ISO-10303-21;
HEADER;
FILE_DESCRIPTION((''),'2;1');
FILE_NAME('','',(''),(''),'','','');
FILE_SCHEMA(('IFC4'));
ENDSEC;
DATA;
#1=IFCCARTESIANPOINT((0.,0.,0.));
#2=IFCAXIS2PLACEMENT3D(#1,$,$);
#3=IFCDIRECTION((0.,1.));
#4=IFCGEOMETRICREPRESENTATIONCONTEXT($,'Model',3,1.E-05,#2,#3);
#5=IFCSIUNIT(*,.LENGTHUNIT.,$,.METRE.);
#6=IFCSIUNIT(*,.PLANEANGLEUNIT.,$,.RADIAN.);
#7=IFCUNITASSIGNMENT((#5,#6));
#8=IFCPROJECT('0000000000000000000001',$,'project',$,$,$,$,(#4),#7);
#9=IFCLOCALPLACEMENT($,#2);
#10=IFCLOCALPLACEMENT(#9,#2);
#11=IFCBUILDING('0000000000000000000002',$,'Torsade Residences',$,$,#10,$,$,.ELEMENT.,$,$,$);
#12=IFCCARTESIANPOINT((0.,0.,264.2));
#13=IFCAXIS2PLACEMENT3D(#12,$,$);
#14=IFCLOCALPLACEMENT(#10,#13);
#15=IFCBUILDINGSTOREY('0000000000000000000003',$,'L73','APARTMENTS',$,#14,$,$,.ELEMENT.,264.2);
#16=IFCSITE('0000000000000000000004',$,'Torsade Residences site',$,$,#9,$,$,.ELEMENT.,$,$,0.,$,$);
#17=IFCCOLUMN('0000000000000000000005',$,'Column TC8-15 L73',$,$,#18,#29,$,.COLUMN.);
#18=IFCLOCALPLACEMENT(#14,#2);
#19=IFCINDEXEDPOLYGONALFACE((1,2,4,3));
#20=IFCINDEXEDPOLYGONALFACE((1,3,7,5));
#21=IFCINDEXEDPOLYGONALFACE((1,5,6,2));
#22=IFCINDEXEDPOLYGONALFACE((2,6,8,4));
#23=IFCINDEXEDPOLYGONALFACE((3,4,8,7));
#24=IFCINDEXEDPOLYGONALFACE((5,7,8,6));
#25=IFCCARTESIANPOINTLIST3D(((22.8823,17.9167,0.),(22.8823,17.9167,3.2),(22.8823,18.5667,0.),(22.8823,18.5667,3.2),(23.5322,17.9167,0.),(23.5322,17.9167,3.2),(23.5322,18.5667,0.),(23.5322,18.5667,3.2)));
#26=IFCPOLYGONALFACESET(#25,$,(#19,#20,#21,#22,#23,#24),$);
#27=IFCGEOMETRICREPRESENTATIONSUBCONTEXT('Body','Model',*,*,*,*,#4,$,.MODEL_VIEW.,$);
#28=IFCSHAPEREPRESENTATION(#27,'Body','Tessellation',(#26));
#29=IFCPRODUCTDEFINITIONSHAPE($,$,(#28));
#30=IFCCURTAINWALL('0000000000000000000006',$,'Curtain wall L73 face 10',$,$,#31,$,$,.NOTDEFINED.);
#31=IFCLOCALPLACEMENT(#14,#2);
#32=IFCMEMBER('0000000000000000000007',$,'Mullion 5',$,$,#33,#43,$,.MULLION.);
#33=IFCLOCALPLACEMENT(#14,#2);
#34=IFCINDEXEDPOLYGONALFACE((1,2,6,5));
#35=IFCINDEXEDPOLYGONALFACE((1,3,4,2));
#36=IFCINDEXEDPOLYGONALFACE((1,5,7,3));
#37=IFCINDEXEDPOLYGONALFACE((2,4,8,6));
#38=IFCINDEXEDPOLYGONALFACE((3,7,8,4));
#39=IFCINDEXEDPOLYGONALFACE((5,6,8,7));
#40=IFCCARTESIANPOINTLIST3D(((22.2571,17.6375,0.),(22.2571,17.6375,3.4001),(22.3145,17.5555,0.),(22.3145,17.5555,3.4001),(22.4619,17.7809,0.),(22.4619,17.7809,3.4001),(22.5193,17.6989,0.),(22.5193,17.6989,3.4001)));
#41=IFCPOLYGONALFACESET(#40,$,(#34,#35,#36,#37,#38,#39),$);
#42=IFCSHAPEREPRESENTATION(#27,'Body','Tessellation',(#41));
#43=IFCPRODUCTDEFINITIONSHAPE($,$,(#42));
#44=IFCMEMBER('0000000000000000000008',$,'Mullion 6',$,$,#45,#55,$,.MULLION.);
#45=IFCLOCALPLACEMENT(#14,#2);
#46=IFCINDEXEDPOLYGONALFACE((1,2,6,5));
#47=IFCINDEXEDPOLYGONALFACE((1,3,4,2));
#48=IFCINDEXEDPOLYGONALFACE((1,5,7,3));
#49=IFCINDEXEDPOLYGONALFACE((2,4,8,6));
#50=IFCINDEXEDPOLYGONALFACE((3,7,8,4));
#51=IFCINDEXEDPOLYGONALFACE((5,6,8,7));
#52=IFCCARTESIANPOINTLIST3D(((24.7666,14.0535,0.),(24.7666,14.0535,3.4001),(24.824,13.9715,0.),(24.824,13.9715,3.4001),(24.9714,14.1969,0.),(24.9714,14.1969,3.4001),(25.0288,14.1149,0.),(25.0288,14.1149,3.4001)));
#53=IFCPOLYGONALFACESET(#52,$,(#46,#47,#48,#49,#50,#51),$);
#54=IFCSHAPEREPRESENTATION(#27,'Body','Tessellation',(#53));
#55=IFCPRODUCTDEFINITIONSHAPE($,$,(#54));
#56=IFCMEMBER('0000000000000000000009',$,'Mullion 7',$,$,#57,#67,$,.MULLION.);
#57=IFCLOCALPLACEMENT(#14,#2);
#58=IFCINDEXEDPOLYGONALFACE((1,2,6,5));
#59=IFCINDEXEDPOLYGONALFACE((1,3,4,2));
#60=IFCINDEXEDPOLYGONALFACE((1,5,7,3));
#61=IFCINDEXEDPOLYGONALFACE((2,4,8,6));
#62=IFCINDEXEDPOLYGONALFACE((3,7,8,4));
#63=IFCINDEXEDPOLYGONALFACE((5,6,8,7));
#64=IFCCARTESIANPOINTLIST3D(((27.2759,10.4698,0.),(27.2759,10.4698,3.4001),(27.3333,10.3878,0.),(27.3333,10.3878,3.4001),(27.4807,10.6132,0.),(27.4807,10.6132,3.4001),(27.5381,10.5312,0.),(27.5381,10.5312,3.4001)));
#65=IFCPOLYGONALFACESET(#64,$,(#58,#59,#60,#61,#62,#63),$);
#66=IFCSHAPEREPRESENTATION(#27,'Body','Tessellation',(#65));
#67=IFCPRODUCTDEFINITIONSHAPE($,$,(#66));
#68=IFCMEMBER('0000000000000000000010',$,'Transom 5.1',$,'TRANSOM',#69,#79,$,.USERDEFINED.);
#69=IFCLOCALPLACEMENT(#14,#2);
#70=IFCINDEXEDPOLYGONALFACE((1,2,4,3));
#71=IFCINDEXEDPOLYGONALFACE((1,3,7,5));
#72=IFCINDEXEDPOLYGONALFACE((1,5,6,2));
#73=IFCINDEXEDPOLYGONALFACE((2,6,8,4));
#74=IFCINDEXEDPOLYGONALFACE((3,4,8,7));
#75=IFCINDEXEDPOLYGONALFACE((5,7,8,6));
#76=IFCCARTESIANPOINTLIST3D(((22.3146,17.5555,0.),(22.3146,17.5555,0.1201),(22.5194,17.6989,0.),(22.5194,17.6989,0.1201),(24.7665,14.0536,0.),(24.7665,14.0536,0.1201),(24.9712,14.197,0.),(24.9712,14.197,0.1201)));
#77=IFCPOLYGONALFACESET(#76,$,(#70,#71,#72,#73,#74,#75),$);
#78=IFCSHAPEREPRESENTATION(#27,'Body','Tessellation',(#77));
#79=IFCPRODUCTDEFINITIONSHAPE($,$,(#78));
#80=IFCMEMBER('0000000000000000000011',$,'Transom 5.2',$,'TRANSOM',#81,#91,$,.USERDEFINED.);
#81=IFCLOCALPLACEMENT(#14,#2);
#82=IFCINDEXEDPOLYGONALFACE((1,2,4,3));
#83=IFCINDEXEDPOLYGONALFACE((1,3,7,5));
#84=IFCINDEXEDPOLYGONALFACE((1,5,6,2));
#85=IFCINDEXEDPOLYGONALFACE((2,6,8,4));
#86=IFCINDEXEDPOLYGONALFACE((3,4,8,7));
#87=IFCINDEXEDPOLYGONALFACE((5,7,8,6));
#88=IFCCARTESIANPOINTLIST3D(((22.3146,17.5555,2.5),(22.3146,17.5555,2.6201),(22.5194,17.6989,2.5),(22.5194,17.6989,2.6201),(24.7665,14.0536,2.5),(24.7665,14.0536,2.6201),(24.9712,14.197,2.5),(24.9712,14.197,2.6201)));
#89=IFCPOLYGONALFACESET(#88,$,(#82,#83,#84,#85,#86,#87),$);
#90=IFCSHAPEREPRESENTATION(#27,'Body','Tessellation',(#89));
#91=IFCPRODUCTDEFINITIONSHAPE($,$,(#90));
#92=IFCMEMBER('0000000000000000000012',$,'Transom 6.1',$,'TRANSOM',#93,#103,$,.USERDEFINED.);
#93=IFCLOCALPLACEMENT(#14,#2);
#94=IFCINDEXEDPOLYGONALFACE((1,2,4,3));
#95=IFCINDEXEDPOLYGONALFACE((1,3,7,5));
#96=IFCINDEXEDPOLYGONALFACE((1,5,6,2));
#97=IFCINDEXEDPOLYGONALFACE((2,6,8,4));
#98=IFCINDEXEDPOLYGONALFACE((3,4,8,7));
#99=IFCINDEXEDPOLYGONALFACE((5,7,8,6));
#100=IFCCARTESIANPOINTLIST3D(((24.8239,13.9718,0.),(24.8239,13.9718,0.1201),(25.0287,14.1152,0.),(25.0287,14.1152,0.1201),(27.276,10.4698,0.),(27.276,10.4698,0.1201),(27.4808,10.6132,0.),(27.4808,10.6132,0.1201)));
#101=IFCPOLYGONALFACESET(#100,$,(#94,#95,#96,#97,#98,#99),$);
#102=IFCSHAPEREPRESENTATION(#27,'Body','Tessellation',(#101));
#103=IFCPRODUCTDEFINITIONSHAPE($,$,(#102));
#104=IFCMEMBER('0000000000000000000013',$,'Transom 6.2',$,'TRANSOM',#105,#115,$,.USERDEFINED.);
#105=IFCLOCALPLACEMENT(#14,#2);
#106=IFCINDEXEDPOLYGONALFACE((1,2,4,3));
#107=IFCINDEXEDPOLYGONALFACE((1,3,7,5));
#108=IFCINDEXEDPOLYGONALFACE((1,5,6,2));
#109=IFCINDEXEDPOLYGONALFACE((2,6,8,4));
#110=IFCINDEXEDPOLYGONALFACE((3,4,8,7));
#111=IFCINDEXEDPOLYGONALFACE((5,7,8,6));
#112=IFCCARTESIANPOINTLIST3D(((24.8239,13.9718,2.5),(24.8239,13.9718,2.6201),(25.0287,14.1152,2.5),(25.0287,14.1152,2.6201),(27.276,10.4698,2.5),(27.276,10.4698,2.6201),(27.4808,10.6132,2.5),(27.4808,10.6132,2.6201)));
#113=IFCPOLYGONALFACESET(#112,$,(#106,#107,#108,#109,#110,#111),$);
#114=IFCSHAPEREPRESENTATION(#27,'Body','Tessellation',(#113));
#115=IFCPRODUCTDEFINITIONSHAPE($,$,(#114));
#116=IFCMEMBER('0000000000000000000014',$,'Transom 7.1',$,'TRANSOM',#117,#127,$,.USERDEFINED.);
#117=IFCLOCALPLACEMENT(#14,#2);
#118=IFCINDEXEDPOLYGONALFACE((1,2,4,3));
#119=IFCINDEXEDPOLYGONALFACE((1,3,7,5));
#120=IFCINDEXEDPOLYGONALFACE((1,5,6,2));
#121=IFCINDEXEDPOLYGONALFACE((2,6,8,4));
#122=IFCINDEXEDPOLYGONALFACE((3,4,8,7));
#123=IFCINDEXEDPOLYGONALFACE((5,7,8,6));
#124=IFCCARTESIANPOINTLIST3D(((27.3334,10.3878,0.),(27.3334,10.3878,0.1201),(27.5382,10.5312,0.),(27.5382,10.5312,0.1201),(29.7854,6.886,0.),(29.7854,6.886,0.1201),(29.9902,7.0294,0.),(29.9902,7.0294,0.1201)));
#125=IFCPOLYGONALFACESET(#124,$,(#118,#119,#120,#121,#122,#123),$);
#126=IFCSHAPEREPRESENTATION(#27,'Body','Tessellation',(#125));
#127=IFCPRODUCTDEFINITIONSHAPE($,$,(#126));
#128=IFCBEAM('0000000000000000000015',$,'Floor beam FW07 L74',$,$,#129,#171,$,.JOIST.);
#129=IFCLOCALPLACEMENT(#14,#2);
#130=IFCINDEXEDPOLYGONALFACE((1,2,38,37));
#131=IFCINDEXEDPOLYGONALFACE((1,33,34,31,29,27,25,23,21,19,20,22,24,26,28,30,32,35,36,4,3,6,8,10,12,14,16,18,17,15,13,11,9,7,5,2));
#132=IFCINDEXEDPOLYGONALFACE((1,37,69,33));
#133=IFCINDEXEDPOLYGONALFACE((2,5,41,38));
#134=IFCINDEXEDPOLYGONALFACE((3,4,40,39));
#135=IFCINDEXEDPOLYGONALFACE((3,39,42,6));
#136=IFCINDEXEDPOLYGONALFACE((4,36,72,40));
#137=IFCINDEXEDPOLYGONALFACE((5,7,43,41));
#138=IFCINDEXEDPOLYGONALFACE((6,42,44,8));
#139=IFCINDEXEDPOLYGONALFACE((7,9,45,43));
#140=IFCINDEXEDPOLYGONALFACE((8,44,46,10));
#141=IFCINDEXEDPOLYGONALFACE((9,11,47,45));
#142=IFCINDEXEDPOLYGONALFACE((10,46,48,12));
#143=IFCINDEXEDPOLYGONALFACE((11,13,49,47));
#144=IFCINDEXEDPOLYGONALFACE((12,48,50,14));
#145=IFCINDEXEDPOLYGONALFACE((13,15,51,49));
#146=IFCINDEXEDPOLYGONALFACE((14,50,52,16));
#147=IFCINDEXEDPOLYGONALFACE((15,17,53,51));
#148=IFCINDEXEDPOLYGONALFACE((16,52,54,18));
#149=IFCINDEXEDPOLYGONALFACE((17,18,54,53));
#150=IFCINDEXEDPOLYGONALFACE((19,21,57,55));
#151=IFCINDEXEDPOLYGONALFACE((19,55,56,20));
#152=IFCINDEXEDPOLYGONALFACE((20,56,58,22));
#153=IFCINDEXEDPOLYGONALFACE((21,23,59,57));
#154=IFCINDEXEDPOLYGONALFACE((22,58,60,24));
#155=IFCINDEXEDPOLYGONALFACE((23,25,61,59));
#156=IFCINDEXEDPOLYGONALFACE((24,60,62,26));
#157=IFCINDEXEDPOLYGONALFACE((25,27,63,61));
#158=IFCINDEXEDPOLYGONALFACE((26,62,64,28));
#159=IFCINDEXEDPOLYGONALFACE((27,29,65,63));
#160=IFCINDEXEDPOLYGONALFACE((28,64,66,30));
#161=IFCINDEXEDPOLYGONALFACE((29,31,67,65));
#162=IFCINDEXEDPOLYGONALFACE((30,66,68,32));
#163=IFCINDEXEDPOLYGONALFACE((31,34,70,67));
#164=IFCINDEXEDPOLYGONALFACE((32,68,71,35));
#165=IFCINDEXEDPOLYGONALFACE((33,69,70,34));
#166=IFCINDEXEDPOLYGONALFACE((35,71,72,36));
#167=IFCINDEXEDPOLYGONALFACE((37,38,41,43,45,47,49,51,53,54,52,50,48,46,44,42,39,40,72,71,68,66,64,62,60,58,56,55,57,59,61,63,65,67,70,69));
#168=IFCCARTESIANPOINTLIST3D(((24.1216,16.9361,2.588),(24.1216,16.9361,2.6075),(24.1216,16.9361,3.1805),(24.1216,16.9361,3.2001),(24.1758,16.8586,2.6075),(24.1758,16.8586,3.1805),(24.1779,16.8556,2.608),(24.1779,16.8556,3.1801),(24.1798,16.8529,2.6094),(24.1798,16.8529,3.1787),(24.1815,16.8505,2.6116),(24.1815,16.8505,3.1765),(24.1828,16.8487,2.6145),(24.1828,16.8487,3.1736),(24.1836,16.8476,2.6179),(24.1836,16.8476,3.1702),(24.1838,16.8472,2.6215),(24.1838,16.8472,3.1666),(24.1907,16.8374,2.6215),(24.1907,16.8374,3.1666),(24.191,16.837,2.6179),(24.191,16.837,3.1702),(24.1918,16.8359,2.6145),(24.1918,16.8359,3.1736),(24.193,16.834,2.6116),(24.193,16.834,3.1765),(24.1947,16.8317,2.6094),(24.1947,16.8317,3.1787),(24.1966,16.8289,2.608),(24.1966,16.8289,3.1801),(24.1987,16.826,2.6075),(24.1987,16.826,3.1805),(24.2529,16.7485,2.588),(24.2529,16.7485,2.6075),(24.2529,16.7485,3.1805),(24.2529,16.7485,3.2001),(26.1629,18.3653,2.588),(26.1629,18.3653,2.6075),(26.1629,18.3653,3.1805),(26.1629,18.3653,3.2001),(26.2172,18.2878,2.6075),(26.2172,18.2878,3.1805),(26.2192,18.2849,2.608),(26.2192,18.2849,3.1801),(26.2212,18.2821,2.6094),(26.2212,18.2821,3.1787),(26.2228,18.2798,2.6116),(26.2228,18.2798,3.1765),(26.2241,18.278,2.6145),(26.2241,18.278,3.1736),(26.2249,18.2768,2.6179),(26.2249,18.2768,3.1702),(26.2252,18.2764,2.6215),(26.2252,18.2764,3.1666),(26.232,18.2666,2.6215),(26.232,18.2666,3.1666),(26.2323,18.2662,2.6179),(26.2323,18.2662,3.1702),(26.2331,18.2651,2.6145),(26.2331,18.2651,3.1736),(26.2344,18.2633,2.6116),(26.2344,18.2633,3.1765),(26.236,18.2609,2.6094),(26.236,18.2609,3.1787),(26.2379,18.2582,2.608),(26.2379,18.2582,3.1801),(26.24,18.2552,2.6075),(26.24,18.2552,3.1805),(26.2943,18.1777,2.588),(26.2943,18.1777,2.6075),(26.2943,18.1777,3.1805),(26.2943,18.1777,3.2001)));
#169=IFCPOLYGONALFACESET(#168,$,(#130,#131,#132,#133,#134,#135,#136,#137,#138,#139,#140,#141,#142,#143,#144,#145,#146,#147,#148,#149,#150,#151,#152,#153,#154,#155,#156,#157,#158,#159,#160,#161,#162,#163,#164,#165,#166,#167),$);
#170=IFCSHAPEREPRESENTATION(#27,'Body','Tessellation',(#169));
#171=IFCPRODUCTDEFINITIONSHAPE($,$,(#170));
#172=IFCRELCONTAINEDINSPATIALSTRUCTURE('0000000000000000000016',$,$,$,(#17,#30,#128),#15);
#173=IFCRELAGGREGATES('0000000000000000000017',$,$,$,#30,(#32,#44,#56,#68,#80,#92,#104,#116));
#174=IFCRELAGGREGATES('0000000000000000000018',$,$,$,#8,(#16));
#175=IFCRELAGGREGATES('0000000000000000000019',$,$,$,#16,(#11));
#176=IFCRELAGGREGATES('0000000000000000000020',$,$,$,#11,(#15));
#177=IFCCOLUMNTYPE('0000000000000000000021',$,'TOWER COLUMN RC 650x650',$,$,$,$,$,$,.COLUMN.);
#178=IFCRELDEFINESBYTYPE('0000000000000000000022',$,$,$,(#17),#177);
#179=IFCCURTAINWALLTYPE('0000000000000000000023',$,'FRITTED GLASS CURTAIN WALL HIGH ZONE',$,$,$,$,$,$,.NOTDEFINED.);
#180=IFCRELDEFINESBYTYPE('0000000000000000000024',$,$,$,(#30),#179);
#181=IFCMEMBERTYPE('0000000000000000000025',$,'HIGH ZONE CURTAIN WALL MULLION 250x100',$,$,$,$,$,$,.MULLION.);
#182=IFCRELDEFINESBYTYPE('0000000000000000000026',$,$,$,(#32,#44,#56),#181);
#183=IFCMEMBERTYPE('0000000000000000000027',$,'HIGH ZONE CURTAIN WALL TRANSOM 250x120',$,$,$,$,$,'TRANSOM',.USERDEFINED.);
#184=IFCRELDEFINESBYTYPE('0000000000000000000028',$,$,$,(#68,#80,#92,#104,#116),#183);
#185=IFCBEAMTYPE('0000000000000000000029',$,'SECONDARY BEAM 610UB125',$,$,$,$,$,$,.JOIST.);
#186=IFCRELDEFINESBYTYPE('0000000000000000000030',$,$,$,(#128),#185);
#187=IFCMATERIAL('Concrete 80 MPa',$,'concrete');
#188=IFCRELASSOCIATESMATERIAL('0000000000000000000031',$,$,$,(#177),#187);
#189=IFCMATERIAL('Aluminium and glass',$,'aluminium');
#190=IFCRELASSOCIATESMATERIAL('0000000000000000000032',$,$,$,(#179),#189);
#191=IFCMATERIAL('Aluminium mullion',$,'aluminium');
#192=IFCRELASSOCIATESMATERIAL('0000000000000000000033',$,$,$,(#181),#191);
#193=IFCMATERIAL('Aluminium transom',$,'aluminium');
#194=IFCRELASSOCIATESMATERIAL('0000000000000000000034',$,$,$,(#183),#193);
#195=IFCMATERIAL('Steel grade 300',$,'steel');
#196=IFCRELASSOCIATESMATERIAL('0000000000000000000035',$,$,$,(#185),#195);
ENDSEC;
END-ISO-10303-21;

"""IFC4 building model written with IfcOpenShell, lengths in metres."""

from ifc_helpers import new_model, si_unit, direction, frame, origin, origin_2d, place, context, subcontext, project, spatial, rectangle, i_section, extrude, material, material_profile, profile_set, type_object, element, aggregate, save


model = new_model("IFC4")

# Units and contexts
model_context = context("Model", 3, precision=1e-05, world=origin(), true_north=direction((0.0, 1.0)))
body_context = subcontext(model_context, "Body", "Model", "MODEL_VIEW")
ifc_project = project(units=[si_unit("LENGTHUNIT", "METRE"), si_unit("PLANEANGLEUNIT", "RADIAN")], contexts=[model_context])

# Site, building, storey
site_placement = place(None, origin())
site = spatial("IfcSite", under=ifc_project, at=site_placement, Name="Torsade Residences site", CompositionType="ELEMENT", RefElevation=0.0)
building_placement = place(site_placement, origin())
building = spatial("IfcBuilding", under=site, at=building_placement, Name="Torsade Residences", CompositionType="ELEMENT")
storey_placement = place(building_placement, frame((0.0, 0.0, 264.2)))
storey = spatial("IfcBuildingStorey", under=building, at=storey_placement, Name="L73", Description="APARTMENTS", CompositionType="ELEMENT", Elevation=264.2)

# Column
ifc_material_1 = material(Name="Concrete 80 MPa", Category="concrete")
ifc_material_profile_1 = material_profile(ifc_material_1, rectangle(XDim=0.6499, YDim=0.6499, at=origin_2d()), Name="RC 650x650")
ifc_profile_set_1 = profile_set([ifc_material_profile_1], Name="Concrete 80 MPa")
column_type = type_object("IfcColumnType", Name="TOWER COLUMN RC 650x650", PredefinedType="COLUMN", material=ifc_profile_set_1)
column_placement = place(storey_placement, frame((23.2073, 18.2417, 0.0), z_axis=(0.0, 0.0, 1.0), x_axis=(1.0, 0.0, 0.0)))
element("IfcColumn", 1, at=column_placement, inside=storey, type_object=column_type, Name="Column TC8-15 L73", PredefinedType="COLUMN", context=body_context, shape_type="SweptSolid", body=[
    extrude(rectangle(XDim=0.6499, YDim=0.6499, at=origin_2d()), origin(), (0.0, 0.0, 1.0), 3.2),
])

# Curtain wall, members
ifc_material_2 = material(Name="Aluminium and glass", Category="aluminium")
curtain_wall_type = type_object("IfcCurtainWallType", Name="FRITTED GLASS CURTAIN WALL HIGH ZONE", PredefinedType="NOTDEFINED", material=ifc_material_2)
curtain_wall_placement = place(storey_placement, origin())
curtain_wall = element("IfcCurtainWall", 2, at=curtain_wall_placement, inside=storey, type_object=curtain_wall_type, Name="Curtain wall L73 face 10", PredefinedType="NOTDEFINED")
ifc_material_3 = material(Name="Aluminium mullion", Category="aluminium")
ifc_material_profile_2 = material_profile(ifc_material_3, rectangle(XDim=0.25, YDim=0.1001, at=origin_2d()), Name="HIGH ZONE CURTAIN WALL MULLION 250x100")
ifc_profile_set_2 = profile_set([ifc_material_profile_2], Name="Aluminium mullion")
member_type_1 = type_object("IfcMemberType", Name="HIGH ZONE CURTAIN WALL MULLION 250x100", PredefinedType="MULLION", material=ifc_profile_set_2)
member_1_placement = place(storey_placement, frame((22.3882, 17.6682, 0.0), z_axis=(0.0, 0.0, 1.0), x_axis=(0.819152, 0.573576, 0.0)))
member_1 = element("IfcMember", 3, at=member_1_placement, type_object=member_type_1, Name="Mullion 5", PredefinedType="MULLION", context=body_context, shape_type="SweptSolid", body=[
    extrude(rectangle(XDim=0.25, YDim=0.1001, at=origin_2d()), origin(), (0.0, 0.0, 1.0), 3.4001),
])
member_2_placement = place(storey_placement, frame((24.8977, 14.0842, 0.0), z_axis=(0.0, 0.0, 1.0), x_axis=(0.819152, 0.573576, 0.0)))
member_2 = element("IfcMember", 4, at=member_2_placement, type_object=member_type_1, Name="Mullion 6", PredefinedType="MULLION", context=body_context, shape_type="SweptSolid", body=[
    extrude(rectangle(XDim=0.25, YDim=0.1001, at=origin_2d()), origin(), (0.0, 0.0, 1.0), 3.4001),
])
member_3_placement = place(storey_placement, frame((27.407, 10.5005, 0.0), z_axis=(0.0, 0.0, 1.0), x_axis=(0.819152, 0.573576, 0.0)))
member_3 = element("IfcMember", 5, at=member_3_placement, type_object=member_type_1, Name="Mullion 7", PredefinedType="MULLION", context=body_context, shape_type="SweptSolid", body=[
    extrude(rectangle(XDim=0.25, YDim=0.1001, at=origin_2d()), origin(), (0.0, 0.0, 1.0), 3.4001),
])
ifc_material_4 = material(Name="Aluminium transom", Category="aluminium")
ifc_material_profile_3 = material_profile(ifc_material_4, rectangle(XDim=0.25, YDim=0.1201, at=origin_2d()), Name="HIGH ZONE CURTAIN WALL TRANSOM 250x120")
ifc_profile_set_3 = profile_set([ifc_material_profile_3], Name="Aluminium transom")
member_type_2 = type_object("IfcMemberType", Name="HIGH ZONE CURTAIN WALL TRANSOM 250x120", ElementType="TRANSOM", PredefinedType="USERDEFINED", material=ifc_profile_set_3)
member_4_placement = place(storey_placement, frame((22.417, 17.6272, 0.0601), z_axis=(0.573547, -0.819173, 0.0), x_axis=(0.819173, 0.573547, 0.0)))
member_4 = element("IfcMember", 6, at=member_4_placement, type_object=member_type_2, Name="Transom 5.1", ObjectType="TRANSOM", PredefinedType="USERDEFINED", context=body_context, shape_type="SweptSolid", body=[
    extrude(rectangle(XDim=0.25, YDim=0.1201, at=origin_2d()), origin(), (0.0, 0.0, 1.0), 4.2749),
])
member_5_placement = place(storey_placement, frame((22.417, 17.6272, 2.5601), z_axis=(0.573547, -0.819173, 0.0), x_axis=(0.819173, 0.573547, 0.0)))
member_5 = element("IfcMember", 7, at=member_5_placement, type_object=member_type_2, Name="Transom 5.2", ObjectType="TRANSOM", PredefinedType="USERDEFINED", context=body_context, shape_type="SweptSolid", body=[
    extrude(rectangle(XDim=0.25, YDim=0.1201, at=origin_2d()), origin(), (0.0, 0.0, 1.0), 4.2749),
])
member_6_placement = place(storey_placement, frame((24.9263, 14.0435, 0.0601), z_axis=(0.573585, -0.819146, 0.0), x_axis=(0.819146, 0.573585, 0.0)))
member_6 = element("IfcMember", 8, at=member_6_placement, type_object=member_type_2, Name="Transom 6.1", ObjectType="TRANSOM", PredefinedType="USERDEFINED", context=body_context, shape_type="SweptSolid", body=[
    extrude(rectangle(XDim=0.25, YDim=0.1201, at=origin_2d()), origin(), (0.0, 0.0, 1.0), 4.2751),
])
member_7_placement = place(storey_placement, frame((24.9263, 14.0435, 2.5601), z_axis=(0.573585, -0.819146, 0.0), x_axis=(0.819146, 0.573585, 0.0)))
member_7 = element("IfcMember", 9, at=member_7_placement, type_object=member_type_2, Name="Transom 6.2", ObjectType="TRANSOM", PredefinedType="USERDEFINED", context=body_context, shape_type="SweptSolid", body=[
    extrude(rectangle(XDim=0.25, YDim=0.1201, at=origin_2d()), origin(), (0.0, 0.0, 1.0), 4.2751),
])
member_8_placement = place(storey_placement, frame((27.4358, 10.4595, 0.0601), z_axis=(0.573573, -0.819154, 0.0), x_axis=(0.819154, 0.573573, 0.0)))
member_8 = element("IfcMember", 10, at=member_8_placement, type_object=member_type_2, Name="Transom 7.1", ObjectType="TRANSOM", PredefinedType="USERDEFINED", context=body_context, shape_type="SweptSolid", body=[
    extrude(rectangle(XDim=0.25, YDim=0.1201, at=origin_2d()), origin(), (0.0, 0.0, 1.0), 4.2749),
])

# Beam
ifc_material_5 = material(Name="Steel grade 300", Category="steel")
ifc_material_profile_4 = material_profile(ifc_material_5, i_section(OverallWidth=0.229, OverallDepth=0.6121, WebThickness=0.012, FlangeThickness=0.0195, FilletRadius=0.0139, at=origin_2d()), Name="610UB125")
ifc_profile_set_4 = profile_set([ifc_material_profile_4], Name="Steel grade 300")
beam_type_1 = type_object("IfcBeamType", Name="SECONDARY BEAM 610UB125", PredefinedType="JOIST", material=ifc_profile_set_4)
beam_1_placement = place(storey_placement, frame((24.1873, 16.8423, 2.894), z_axis=(0.819172, 0.573548, 0.0), x_axis=(-0.573548, 0.819172, 0.0)))
element("IfcBeam", 11, at=beam_1_placement, inside=storey, type_object=beam_type_1, Name="Floor beam FW07 L74", PredefinedType="JOIST", context=body_context, shape_type="SweptSolid", body=[
    extrude(i_section(OverallWidth=0.229, OverallDepth=0.6121, WebThickness=0.012, FlangeThickness=0.0195, FilletRadius=0.0139, at=origin_2d()), origin(), (0.0, 0.0, 1.0), 2.4919),
])

aggregate(curtain_wall, [member_1, member_2, member_3, member_4, member_5, member_6, member_7, member_8])

save(model, "model.ifc")
